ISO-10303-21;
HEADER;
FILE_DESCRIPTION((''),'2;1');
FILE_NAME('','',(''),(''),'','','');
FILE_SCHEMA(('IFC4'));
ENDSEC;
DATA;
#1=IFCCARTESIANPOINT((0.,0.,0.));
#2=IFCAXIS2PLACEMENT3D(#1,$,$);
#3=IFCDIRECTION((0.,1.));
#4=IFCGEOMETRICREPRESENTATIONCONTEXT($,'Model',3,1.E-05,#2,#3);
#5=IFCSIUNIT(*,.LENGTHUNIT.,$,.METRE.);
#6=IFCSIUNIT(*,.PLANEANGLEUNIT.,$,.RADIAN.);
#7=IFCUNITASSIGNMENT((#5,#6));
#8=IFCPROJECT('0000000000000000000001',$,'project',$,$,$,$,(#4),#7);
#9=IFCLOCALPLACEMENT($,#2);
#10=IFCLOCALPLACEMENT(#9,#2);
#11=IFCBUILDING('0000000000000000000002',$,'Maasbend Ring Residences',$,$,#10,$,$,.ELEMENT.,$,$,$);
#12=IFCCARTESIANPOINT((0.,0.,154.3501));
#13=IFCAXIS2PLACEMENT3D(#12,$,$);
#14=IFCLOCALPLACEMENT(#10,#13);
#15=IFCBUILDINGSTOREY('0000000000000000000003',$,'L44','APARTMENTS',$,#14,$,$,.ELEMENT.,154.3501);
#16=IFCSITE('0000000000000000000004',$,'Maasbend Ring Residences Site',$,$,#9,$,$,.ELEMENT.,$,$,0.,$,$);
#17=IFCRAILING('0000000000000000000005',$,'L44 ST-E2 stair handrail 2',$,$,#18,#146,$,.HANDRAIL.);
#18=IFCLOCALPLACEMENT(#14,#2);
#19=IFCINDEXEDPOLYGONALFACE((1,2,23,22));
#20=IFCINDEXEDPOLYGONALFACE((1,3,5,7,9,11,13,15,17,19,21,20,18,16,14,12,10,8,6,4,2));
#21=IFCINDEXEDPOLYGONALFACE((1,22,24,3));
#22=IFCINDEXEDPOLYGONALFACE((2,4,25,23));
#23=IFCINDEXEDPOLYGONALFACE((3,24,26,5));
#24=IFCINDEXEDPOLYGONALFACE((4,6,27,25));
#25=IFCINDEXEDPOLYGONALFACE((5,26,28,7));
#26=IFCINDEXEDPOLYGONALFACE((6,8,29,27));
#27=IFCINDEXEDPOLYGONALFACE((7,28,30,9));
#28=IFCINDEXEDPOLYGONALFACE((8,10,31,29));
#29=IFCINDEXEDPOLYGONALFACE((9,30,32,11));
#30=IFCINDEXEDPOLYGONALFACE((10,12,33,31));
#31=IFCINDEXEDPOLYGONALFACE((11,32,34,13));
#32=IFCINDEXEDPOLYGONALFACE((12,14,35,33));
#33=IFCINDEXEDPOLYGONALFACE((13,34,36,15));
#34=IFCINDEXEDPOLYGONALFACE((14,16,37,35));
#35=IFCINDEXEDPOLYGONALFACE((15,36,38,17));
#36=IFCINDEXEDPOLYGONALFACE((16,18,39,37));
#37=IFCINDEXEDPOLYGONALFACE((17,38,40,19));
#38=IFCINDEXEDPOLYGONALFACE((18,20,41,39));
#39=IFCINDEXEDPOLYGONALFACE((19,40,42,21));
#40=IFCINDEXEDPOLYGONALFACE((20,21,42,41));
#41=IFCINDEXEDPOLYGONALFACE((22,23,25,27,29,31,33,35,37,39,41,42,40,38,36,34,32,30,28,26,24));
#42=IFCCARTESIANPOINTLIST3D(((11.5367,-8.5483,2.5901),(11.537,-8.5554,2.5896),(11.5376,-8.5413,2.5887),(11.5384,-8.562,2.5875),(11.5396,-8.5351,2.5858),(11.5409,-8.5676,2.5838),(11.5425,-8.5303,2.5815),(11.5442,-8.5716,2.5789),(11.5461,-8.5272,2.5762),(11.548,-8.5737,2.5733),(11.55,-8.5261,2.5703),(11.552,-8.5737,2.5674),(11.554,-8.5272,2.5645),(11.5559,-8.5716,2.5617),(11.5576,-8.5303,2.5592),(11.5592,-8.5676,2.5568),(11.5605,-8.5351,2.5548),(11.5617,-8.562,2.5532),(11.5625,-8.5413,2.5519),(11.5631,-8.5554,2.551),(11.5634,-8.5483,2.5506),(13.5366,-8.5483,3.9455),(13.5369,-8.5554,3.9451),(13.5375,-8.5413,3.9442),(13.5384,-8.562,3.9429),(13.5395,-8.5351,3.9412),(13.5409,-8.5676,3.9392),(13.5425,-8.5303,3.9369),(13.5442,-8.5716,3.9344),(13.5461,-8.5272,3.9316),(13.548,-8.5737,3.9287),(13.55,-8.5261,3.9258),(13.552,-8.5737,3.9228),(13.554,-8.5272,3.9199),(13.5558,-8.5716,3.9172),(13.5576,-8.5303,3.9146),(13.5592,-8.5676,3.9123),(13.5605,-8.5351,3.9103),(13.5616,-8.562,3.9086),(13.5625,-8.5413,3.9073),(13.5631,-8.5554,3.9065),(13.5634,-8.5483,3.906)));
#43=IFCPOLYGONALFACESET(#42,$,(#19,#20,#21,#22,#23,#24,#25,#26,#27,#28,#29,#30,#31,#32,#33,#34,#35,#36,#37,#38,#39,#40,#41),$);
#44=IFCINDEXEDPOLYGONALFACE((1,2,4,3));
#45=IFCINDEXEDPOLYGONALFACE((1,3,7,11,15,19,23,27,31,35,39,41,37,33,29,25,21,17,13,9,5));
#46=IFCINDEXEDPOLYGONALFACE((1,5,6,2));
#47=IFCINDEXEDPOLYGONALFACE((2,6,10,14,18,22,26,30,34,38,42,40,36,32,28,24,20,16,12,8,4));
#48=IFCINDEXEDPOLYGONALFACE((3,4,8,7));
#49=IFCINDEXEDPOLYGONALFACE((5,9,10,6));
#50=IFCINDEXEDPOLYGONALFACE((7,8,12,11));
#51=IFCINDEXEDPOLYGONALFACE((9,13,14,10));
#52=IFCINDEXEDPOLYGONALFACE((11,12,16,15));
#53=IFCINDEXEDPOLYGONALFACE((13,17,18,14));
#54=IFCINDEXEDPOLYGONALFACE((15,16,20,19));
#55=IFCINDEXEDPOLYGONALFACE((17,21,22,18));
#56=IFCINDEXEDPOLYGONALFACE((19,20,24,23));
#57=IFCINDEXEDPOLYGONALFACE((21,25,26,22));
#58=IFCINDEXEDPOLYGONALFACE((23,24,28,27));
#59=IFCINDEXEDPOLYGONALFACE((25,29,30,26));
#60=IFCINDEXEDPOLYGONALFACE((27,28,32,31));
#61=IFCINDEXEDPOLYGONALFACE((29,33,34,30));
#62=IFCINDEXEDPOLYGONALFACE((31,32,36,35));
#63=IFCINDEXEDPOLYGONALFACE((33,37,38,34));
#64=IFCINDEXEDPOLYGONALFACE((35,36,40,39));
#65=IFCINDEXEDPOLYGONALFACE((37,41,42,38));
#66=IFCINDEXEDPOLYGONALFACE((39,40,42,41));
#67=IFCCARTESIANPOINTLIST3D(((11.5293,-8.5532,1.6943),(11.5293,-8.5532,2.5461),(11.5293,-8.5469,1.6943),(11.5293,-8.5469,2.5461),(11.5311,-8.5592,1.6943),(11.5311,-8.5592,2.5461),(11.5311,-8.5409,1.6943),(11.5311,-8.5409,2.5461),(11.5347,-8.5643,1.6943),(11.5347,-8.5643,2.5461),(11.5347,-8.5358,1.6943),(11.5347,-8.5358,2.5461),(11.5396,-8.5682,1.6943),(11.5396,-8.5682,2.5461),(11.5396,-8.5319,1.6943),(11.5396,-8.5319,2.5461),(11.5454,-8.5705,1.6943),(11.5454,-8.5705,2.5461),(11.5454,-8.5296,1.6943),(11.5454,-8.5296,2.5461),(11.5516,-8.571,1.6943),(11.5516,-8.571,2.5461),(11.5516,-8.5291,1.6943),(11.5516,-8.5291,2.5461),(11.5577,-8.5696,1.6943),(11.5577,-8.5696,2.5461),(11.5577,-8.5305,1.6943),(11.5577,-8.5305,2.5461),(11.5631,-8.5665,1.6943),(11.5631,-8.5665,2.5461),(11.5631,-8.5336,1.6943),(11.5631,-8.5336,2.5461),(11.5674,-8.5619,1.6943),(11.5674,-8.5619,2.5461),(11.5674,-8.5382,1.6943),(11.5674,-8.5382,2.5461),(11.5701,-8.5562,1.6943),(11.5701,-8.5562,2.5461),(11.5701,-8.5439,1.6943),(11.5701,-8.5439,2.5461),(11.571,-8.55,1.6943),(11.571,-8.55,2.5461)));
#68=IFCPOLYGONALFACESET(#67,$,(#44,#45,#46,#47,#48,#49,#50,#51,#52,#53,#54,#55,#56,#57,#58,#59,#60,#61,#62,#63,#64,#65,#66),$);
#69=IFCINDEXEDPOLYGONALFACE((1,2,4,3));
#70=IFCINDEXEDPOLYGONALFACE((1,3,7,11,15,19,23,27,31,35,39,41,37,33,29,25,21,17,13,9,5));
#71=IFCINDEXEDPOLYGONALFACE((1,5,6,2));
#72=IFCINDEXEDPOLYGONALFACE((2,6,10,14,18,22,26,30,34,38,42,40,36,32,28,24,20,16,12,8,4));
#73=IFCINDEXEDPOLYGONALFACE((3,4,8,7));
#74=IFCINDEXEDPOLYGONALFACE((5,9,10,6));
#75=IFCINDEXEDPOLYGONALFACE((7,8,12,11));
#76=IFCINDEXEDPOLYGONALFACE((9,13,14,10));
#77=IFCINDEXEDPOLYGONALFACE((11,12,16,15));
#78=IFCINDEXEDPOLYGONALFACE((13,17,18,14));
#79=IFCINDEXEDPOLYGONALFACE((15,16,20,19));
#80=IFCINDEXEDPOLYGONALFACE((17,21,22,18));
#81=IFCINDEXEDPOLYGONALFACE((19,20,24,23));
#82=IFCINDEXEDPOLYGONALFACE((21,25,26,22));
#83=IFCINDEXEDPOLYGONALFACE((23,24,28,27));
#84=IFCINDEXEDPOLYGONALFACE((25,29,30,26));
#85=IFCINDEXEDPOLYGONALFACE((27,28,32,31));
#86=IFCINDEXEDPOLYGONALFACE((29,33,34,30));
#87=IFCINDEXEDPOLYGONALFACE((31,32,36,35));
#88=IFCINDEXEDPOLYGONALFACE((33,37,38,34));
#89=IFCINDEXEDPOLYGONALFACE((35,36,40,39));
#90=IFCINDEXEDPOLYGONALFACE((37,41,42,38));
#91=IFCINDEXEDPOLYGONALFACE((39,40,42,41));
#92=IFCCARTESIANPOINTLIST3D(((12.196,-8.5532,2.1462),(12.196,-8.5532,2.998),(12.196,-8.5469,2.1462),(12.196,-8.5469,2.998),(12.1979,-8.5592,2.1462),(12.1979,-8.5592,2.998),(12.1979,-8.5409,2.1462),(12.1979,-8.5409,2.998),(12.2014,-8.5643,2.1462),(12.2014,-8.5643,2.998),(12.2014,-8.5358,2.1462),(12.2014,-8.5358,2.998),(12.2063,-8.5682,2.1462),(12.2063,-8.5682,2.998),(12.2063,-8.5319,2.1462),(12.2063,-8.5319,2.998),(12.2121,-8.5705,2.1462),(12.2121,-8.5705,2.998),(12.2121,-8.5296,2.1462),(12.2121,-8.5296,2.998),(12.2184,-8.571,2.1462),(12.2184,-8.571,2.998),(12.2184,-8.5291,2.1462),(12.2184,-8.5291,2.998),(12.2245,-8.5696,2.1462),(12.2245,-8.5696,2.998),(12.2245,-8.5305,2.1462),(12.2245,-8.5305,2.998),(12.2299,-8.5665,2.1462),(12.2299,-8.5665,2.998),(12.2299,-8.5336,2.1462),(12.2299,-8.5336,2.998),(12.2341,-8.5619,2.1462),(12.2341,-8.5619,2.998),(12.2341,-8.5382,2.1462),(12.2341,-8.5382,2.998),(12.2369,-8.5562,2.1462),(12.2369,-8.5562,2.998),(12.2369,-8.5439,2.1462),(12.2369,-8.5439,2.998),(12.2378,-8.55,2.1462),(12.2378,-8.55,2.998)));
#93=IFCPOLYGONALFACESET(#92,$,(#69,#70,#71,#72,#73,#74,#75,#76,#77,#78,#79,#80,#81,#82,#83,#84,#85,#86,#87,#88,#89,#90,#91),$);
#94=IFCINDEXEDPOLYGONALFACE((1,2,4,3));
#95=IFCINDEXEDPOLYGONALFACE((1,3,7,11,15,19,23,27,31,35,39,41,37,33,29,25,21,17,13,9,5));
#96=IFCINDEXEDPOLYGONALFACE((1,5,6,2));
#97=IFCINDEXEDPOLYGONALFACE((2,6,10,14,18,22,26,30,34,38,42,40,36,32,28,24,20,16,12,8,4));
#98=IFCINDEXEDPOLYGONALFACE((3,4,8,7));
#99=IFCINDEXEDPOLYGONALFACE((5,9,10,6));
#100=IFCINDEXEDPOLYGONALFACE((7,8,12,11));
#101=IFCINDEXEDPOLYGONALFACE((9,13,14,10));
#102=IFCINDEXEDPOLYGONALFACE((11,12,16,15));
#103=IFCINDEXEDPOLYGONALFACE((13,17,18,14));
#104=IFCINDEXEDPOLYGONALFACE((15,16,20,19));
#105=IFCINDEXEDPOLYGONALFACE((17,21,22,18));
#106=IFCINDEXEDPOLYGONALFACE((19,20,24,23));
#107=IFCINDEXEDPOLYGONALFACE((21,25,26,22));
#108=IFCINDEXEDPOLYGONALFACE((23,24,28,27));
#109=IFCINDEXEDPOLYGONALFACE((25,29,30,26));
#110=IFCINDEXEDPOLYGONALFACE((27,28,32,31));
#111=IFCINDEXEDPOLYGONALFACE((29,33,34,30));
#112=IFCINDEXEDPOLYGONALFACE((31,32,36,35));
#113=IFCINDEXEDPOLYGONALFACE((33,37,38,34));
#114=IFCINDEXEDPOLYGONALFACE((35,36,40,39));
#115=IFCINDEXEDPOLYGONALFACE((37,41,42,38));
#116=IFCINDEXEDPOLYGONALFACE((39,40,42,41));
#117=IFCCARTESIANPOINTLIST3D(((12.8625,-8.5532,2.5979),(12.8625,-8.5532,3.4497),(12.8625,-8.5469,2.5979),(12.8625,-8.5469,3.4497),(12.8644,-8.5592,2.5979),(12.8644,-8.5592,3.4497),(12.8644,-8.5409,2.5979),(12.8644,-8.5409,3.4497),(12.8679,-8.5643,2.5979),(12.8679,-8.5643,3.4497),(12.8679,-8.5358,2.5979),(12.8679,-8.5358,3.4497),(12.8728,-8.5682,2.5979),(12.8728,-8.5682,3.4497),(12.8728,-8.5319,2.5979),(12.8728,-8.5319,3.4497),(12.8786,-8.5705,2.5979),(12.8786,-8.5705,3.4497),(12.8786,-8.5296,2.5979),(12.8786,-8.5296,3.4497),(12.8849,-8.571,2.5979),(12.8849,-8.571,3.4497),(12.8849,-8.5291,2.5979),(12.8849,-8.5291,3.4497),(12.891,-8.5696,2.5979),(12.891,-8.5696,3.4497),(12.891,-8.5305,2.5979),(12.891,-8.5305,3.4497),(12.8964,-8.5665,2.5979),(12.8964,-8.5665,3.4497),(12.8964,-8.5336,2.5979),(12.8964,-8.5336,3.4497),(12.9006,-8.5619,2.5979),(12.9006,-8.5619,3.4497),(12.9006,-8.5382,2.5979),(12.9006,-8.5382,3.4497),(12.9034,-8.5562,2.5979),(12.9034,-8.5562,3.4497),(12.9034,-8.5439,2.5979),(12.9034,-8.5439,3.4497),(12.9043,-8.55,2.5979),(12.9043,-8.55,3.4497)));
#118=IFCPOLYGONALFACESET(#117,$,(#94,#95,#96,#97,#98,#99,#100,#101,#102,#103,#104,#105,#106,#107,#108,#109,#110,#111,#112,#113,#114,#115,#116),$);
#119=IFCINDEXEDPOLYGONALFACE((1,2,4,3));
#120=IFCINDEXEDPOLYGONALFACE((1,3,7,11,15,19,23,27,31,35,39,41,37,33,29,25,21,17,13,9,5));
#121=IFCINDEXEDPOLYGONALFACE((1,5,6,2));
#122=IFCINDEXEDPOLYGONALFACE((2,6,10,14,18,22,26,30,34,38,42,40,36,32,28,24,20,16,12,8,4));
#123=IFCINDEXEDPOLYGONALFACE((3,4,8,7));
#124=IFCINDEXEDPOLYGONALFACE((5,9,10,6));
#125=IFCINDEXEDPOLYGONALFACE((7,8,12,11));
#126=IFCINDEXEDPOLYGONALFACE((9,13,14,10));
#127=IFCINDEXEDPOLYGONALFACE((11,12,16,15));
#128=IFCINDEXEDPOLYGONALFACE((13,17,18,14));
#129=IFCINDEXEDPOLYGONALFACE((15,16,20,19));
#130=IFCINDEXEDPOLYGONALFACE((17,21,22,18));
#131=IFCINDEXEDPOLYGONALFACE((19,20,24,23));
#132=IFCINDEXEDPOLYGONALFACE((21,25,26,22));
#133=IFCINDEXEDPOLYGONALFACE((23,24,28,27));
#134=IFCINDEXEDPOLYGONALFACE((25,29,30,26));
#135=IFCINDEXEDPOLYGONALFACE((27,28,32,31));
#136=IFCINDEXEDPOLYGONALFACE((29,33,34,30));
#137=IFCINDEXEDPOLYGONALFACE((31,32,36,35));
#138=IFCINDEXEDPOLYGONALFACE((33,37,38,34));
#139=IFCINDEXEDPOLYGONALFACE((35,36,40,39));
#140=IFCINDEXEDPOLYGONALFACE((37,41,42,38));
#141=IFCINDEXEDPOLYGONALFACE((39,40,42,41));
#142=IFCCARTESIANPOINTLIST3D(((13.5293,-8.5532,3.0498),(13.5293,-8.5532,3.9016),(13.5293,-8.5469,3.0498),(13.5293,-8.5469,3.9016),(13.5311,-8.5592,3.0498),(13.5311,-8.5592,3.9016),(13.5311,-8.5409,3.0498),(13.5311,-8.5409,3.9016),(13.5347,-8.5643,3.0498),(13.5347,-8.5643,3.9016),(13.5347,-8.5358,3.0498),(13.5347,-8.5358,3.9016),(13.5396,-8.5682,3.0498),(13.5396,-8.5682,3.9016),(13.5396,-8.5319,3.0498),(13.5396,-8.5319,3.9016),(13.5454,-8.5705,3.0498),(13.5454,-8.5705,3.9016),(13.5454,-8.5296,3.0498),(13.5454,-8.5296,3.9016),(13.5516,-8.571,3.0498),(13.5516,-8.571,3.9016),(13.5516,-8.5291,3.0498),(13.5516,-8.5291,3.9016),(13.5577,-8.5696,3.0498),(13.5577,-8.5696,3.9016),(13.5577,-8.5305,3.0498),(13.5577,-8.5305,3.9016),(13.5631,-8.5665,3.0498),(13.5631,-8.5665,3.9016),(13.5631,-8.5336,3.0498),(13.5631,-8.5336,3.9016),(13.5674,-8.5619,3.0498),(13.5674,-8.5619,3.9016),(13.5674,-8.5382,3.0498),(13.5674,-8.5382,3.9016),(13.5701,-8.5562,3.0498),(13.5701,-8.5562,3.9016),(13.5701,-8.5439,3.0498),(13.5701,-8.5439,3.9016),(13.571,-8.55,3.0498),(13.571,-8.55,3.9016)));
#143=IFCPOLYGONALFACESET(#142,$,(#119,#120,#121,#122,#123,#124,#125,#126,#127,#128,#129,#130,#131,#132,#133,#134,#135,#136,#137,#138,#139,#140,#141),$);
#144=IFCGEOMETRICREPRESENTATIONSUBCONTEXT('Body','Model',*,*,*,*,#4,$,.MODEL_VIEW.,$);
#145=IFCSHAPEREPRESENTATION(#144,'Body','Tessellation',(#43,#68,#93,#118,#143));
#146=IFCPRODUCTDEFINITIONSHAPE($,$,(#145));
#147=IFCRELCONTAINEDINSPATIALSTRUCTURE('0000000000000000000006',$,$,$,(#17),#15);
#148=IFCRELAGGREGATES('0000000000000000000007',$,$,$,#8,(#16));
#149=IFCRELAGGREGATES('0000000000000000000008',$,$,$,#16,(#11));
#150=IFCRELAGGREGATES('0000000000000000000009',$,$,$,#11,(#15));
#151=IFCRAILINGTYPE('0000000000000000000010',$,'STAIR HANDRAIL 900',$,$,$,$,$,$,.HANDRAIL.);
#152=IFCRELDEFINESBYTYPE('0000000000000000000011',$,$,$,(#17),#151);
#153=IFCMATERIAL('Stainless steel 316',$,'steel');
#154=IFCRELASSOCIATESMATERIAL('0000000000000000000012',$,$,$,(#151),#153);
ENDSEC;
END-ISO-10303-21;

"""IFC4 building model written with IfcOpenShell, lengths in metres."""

from ifc_helpers import new_model, si_unit, direction, frame, origin, origin_2d, place, context, subcontext, project, spatial, circle, extrude, material, type_object, element, save


model = new_model("IFC4")

# Units and contexts
model_context = context("Model", 3, precision=1e-05, world=origin(), true_north=direction((0.0, 1.0)))
body_context = subcontext(model_context, "Body", "Model", "MODEL_VIEW")
ifc_project = project(units=[si_unit("LENGTHUNIT", "METRE"), si_unit("PLANEANGLEUNIT", "RADIAN")], contexts=[model_context])

# Site, building, storey
site_placement = place(None, origin())
site = spatial("IfcSite", under=ifc_project, at=site_placement, Name="Maasbend Ring Residences Site", CompositionType="ELEMENT", RefElevation=0.0)
building_placement = place(site_placement, origin())
building = spatial("IfcBuilding", under=site, at=building_placement, Name="Maasbend Ring Residences", CompositionType="ELEMENT")
storey_placement = place(building_placement, frame((0.0, 0.0, 154.3501)))
storey = spatial("IfcBuildingStorey", under=building, at=storey_placement, Name="L44", Description="APARTMENTS", CompositionType="ELEMENT", Elevation=154.3501)

# Railing
ifc_material_1 = material(Name="Stainless steel 316", Category="steel")
railing_type = type_object("IfcRailingType", Name="STAIR HANDRAIL 900", PredefinedType="HANDRAIL", material=ifc_material_1)
railing_placement = place(storey_placement, frame((11.55, -8.55, 1.6943)))
element("IfcRailing", 1, at=railing_placement, inside=storey, type_object=railing_type, Name="L44 ST-E2 stair handrail 2", PredefinedType="HANDRAIL", context=body_context, shape_type="SweptSolid", body=[
    extrude(circle(Radius=0.0239, at=origin_2d()), frame((0.0, 0.0, 0.876), z_axis=(0.827798, 0.0, 0.561027), x_axis=(0.0, 1.0, 0.0)), (0.0, 0.0, 1.0), 2.416),
    extrude(circle(Radius=0.021, at=origin_2d()), origin(), (0.0, 0.0, 1.0), 0.8518),
    extrude(circle(Radius=0.021, at=origin_2d()), frame((0.6667, 0.0, 0.4519)), (0.0, 0.0, 1.0), 0.8518),
    extrude(circle(Radius=0.021, at=origin_2d()), frame((1.3333, 0.0, 0.9036)), (0.0, 0.0, 1.0), 0.8518),
    extrude(circle(Radius=0.021, at=origin_2d()), frame((2.0, 0.0, 1.3555)), (0.0, 0.0, 1.0), 0.8518),
])

save(model, "model.ifc")
